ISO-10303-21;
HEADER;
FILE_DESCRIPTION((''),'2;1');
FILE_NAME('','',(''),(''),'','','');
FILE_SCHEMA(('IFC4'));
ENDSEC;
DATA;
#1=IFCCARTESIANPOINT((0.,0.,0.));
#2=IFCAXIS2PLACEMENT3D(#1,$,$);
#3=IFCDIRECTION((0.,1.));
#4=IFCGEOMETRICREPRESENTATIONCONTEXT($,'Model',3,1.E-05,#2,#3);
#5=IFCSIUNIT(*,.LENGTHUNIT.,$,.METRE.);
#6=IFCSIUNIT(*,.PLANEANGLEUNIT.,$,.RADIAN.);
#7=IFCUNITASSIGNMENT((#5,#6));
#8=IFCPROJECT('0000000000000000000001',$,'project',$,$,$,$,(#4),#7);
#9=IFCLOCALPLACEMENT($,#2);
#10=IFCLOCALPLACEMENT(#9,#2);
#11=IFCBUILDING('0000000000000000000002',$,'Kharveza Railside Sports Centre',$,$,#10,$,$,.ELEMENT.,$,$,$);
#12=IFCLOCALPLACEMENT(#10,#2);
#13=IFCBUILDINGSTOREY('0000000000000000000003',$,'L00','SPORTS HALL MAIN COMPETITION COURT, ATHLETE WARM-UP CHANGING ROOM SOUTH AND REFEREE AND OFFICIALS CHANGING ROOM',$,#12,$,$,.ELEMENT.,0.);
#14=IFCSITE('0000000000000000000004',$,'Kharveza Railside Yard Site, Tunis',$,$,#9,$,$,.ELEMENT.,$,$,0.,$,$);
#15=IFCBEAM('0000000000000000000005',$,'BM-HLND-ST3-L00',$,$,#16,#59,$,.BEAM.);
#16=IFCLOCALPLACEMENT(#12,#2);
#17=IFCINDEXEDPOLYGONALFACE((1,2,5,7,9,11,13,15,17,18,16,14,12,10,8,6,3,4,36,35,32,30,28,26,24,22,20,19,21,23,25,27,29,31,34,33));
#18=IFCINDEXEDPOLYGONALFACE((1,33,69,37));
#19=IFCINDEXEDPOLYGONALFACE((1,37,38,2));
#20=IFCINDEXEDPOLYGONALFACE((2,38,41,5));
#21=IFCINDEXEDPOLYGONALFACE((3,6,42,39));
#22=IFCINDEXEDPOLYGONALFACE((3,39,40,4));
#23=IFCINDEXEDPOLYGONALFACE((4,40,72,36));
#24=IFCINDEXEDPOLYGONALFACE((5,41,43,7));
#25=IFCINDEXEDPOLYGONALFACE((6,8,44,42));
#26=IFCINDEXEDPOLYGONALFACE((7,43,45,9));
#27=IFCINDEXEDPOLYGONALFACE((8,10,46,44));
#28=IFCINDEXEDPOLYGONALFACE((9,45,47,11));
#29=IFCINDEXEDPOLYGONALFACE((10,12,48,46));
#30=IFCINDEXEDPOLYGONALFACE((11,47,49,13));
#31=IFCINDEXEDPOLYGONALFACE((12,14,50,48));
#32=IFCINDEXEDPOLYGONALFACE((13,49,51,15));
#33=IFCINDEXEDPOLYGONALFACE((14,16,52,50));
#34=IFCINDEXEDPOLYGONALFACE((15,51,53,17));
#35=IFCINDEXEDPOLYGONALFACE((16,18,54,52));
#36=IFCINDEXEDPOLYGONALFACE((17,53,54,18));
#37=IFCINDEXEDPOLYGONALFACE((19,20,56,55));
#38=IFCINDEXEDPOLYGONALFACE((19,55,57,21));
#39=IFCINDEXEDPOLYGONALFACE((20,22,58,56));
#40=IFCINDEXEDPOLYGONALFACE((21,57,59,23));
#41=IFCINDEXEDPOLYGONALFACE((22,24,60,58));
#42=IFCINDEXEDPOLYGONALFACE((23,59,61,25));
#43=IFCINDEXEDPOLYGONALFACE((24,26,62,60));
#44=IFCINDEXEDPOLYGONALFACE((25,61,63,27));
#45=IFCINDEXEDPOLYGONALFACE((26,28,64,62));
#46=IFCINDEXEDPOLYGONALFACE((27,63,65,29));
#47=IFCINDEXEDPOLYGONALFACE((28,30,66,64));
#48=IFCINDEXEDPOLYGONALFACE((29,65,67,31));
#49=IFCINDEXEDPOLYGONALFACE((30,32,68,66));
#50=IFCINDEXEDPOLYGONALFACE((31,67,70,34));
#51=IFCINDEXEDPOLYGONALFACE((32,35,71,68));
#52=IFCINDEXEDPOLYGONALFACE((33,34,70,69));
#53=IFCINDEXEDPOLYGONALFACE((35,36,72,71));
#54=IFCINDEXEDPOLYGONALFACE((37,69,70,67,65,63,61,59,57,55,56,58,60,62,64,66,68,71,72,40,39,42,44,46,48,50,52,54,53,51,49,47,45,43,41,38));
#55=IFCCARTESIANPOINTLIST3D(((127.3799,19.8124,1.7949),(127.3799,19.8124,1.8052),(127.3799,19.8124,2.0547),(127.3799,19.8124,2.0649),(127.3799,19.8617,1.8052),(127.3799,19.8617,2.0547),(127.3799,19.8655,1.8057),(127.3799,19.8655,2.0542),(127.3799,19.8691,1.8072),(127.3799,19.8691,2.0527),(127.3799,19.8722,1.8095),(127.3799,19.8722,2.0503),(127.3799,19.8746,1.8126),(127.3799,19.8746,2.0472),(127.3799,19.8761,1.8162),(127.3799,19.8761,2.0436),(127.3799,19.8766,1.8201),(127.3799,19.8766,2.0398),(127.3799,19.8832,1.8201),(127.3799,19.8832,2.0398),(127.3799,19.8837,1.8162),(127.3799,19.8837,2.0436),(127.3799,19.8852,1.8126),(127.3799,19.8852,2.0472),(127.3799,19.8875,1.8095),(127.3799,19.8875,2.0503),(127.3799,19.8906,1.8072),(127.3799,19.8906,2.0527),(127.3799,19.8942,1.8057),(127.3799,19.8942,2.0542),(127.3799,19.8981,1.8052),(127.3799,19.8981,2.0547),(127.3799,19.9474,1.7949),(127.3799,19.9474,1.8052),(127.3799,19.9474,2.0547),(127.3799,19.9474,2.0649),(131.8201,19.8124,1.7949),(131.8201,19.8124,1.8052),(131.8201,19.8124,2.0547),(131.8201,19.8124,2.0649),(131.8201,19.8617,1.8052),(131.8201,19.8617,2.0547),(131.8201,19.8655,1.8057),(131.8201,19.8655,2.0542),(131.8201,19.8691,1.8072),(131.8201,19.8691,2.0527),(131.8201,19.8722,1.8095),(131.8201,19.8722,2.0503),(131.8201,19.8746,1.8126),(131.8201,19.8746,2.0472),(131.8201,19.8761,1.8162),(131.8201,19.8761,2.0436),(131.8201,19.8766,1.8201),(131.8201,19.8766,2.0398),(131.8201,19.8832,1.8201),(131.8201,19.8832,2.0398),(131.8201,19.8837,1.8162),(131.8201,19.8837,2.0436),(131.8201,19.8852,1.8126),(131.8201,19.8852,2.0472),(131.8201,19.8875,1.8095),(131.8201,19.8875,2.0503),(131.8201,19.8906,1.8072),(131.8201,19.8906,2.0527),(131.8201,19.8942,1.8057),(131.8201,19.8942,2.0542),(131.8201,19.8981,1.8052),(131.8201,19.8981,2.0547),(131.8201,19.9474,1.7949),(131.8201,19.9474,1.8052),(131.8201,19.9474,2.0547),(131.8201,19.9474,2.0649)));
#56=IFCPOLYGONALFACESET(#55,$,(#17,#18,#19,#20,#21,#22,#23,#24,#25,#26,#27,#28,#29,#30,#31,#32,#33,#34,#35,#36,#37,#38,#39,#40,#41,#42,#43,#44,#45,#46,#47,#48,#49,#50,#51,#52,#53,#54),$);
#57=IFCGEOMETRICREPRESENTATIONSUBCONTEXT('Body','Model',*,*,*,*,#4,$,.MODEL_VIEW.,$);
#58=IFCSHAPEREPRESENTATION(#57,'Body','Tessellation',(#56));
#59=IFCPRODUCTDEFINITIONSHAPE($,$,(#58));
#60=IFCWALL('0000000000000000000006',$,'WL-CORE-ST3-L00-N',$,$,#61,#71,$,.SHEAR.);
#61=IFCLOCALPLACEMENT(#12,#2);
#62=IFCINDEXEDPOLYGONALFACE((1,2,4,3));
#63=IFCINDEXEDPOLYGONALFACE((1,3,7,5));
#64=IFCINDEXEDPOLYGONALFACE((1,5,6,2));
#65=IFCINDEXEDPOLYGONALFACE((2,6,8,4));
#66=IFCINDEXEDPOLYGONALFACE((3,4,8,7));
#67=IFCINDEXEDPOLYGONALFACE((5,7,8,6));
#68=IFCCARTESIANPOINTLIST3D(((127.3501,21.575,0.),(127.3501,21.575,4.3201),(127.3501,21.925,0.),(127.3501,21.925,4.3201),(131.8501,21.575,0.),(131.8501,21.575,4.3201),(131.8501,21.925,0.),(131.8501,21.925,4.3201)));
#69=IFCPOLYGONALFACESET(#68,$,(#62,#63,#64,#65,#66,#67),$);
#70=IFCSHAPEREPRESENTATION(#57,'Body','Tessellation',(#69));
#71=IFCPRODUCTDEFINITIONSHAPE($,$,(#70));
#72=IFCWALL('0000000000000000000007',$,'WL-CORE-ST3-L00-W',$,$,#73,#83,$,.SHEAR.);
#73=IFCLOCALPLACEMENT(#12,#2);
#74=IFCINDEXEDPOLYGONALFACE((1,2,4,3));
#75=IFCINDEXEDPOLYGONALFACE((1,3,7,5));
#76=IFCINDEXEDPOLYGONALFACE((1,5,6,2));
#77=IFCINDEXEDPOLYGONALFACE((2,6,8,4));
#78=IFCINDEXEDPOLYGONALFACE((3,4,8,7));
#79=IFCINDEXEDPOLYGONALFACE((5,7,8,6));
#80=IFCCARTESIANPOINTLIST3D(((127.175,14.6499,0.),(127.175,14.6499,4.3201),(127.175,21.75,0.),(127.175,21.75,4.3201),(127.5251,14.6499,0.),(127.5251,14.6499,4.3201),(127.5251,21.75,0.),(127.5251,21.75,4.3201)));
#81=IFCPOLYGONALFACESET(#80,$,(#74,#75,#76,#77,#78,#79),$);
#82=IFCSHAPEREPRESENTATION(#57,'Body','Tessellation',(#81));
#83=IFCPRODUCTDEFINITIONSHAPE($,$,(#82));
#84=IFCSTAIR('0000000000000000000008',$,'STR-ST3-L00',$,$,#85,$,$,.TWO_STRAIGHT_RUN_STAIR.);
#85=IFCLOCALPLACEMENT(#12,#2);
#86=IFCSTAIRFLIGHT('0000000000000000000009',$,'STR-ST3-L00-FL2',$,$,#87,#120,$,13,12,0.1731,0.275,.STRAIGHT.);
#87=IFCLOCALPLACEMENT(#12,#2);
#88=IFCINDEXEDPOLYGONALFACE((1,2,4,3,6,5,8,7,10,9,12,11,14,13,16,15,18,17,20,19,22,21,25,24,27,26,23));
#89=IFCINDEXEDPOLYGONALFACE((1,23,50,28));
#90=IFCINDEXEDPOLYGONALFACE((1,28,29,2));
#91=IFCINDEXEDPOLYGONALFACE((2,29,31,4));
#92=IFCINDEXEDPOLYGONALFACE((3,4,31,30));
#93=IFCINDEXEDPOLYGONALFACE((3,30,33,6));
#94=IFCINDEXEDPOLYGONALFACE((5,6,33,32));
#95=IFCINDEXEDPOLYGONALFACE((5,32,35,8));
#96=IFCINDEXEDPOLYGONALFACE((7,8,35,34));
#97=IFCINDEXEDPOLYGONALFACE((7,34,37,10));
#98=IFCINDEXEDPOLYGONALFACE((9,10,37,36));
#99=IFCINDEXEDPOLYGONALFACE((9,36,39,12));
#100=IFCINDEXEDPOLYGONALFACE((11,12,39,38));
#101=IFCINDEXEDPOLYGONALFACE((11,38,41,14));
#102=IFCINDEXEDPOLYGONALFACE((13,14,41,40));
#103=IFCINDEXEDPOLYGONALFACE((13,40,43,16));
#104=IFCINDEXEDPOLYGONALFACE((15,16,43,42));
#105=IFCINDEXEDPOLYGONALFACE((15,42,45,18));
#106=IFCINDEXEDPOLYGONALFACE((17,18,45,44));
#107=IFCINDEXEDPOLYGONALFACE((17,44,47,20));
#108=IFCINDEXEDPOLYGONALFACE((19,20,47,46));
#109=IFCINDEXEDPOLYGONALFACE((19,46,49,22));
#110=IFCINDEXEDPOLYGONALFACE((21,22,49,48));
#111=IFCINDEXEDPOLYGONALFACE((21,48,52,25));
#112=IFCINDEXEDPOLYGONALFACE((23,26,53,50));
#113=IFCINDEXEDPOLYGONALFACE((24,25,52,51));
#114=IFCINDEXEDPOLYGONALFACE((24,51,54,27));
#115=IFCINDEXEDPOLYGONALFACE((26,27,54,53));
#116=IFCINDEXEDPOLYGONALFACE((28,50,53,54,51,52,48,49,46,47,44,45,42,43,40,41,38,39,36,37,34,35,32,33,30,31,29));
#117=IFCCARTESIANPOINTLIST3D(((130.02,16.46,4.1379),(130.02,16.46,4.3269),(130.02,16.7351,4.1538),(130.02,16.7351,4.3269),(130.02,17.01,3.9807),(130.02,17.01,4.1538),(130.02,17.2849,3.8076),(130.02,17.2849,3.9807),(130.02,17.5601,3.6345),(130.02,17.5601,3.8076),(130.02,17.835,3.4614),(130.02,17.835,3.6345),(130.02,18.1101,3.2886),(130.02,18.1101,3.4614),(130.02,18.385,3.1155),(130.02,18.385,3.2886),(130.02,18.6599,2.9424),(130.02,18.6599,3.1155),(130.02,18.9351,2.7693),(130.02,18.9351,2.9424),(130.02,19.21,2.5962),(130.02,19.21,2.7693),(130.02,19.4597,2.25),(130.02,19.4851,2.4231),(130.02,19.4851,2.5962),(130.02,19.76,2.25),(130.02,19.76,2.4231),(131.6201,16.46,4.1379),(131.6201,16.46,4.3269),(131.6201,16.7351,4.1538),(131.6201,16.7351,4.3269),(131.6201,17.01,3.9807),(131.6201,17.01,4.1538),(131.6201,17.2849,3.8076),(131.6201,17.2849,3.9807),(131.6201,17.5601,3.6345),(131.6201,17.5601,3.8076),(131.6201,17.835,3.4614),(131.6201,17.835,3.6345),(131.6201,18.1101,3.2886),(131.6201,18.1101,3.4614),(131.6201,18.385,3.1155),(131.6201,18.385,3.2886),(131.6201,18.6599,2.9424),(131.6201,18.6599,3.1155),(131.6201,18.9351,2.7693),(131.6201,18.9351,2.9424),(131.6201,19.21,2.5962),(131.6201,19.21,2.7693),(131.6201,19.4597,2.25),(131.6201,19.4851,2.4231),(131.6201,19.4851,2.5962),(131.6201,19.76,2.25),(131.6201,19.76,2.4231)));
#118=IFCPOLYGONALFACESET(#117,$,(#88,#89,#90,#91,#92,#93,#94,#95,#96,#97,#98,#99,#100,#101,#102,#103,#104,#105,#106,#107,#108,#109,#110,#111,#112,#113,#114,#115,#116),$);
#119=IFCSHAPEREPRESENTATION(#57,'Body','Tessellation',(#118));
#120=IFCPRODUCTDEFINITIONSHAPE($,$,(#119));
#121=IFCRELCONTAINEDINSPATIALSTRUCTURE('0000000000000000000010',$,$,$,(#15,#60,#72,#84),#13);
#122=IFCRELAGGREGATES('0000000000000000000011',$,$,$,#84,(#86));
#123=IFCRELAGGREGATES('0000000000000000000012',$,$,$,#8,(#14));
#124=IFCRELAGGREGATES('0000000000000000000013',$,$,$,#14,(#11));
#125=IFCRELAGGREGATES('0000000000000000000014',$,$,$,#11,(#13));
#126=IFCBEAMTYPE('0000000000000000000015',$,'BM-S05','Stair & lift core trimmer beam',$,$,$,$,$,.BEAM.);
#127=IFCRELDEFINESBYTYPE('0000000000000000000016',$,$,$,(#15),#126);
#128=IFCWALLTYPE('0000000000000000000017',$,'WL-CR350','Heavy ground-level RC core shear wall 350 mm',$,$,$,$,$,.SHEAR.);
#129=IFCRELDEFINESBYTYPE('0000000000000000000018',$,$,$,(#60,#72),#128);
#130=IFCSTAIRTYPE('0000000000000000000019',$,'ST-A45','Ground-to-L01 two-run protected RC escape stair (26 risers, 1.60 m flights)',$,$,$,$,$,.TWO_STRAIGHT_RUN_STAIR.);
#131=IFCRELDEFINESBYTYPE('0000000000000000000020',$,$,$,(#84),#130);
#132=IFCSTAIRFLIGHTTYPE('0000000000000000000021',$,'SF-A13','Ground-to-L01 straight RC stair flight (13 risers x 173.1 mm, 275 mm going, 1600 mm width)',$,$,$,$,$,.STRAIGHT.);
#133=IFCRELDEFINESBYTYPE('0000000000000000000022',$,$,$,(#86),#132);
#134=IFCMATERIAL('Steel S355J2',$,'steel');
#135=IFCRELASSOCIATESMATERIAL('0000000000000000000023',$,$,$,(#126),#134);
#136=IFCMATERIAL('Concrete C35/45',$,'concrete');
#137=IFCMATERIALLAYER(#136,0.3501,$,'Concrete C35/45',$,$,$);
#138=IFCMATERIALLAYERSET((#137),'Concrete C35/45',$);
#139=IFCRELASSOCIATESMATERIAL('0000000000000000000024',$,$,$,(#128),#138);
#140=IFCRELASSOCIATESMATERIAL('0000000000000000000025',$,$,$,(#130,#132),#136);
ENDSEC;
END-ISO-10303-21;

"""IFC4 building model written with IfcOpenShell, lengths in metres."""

from ifc_helpers import new_model, si_unit, direction, frame, frame_2d, origin, origin_2d, place, context, subcontext, project, spatial, polyline, rectangle, i_section, outline, extrude, material, layer, layer_set, material_profile, profile_set, type_object, element, aggregate, save


model = new_model("IFC4")

# Units and contexts
model_context = context("Model", 3, precision=1e-05, world=origin(), true_north=direction((0.0, 1.0)))
body_context = subcontext(model_context, "Body", "Model", "MODEL_VIEW")
ifc_project = project(units=[si_unit("LENGTHUNIT", "METRE"), si_unit("PLANEANGLEUNIT", "RADIAN")], contexts=[model_context])

# Site, building, storey
site_placement = place(None, origin())
site = spatial("IfcSite", under=ifc_project, at=site_placement, Name="Kharveza Railside Yard Site, Tunis", CompositionType="ELEMENT", RefElevation=0.0)
building_placement = place(site_placement, origin())
building = spatial("IfcBuilding", under=site, at=building_placement, Name="Kharveza Railside Sports Centre", CompositionType="ELEMENT")
storey_placement = place(building_placement, origin())
storey = spatial("IfcBuildingStorey", under=building, at=storey_placement, Name="L00", Description="SPORTS HALL MAIN COMPETITION COURT, ATHLETE WARM-UP CHANGING ROOM SOUTH AND REFEREE AND OFFICIALS CHANGING ROOM", CompositionType="ELEMENT", Elevation=0.0)

# Shared definitions
ifc_material_1 = material(Name="Concrete C35/45", Category="concrete")

# Shared definitions
ifc_material_2 = material(Name="Steel S355J2", Category="steel")

# Beam
ifc_material_profile_1 = material_profile(ifc_material_2, i_section(OverallWidth=0.135, OverallDepth=0.27, WebThickness=0.0066, FlangeThickness=0.0103, FilletRadius=0.0149, at=origin_2d()), Name="IPE 270")
ifc_profile_set_1 = profile_set([ifc_material_profile_1], Name="Steel S355J2")
beam_type_1 = type_object("IfcBeamType", Name="BM-S05", Description="Stair & lift core trimmer beam", PredefinedType="BEAM", material=ifc_profile_set_1)
beam_1_placement = place(storey_placement, frame((127.3799, 19.8799, 1.9299), z_axis=(1.0, 0.0, 0.0), x_axis=(0.0, 1.0, 0.0)))
element("IfcBeam", 1, at=beam_1_placement, inside=storey, type_object=beam_type_1, Name="BM-HLND-ST3-L00", PredefinedType="BEAM", context=body_context, shape_type="SweptSolid", body=[
    extrude(i_section(OverallWidth=0.135, OverallDepth=0.27, WebThickness=0.0066, FlangeThickness=0.0103, FilletRadius=0.0149, at=origin_2d()), origin(), (0.0, 0.0, 1.0), 4.4402),
])

# Walls
ifc_layer = layer(ifc_material_1, 0.3501, Name="Concrete C35/45")
ifc_layer_set = layer_set([ifc_layer], Name="Concrete C35/45")
wall_type = type_object("IfcWallType", Name="WL-CR350", Description="Heavy ground-level RC core shear wall 350 mm", PredefinedType="SHEAR", material=ifc_layer_set)
wall_1_placement = place(storey_placement, frame((131.8501, 21.75, 0.0), z_axis=(0.0, 0.0, 1.0), x_axis=(-1.0, 0.0, 0.0)))
element("IfcWall", 2, at=wall_1_placement, inside=storey, type_object=wall_type, Name="WL-CORE-ST3-L00-N", PredefinedType="SHEAR", context=body_context, shape_type="SweptSolid", body=[
    extrude(rectangle(XDim=4.5, YDim=0.3501, at=frame_2d((2.25, 0.0))), origin(), (0.0, 0.0, 1.0), 4.3201),
])
wall_2_placement = place(storey_placement, frame((127.3501, 21.75, 0.0), z_axis=(0.0, 0.0, 1.0), x_axis=(0.0, -1.0, 0.0)))
element("IfcWall", 3, at=wall_2_placement, inside=storey, type_object=wall_type, Name="WL-CORE-ST3-L00-W", PredefinedType="SHEAR", context=body_context, shape_type="SweptSolid", body=[
    extrude(rectangle(XDim=7.1001, YDim=0.3501, at=frame_2d((3.55, 0.0))), origin(), (0.0, 0.0, 1.0), 4.3201),
])

# Stair, stair flight
stair_type = type_object("IfcStairType", Name="ST-A45", Description="Ground-to-L01 two-run protected RC escape stair (26 risers, 1.60 m flights)", PredefinedType="TWO_STRAIGHT_RUN_STAIR", material=ifc_material_1)
stair_placement = place(storey_placement, origin())
stair = element("IfcStair", 4, at=stair_placement, inside=storey, type_object=stair_type, Name="STR-ST3-L00", PredefinedType="TWO_STRAIGHT_RUN_STAIR")
stair_flight_type = type_object("IfcStairFlightType", Name="SF-A13", Description="Ground-to-L01 straight RC stair flight (13 risers x 173.1 mm, 275 mm going, 1600 mm width)", PredefinedType="STRAIGHT", material=ifc_material_1)
stair_flight_placement = place(storey_placement, frame((130.8201, 19.76, 2.25), z_axis=(0.0, 0.0, 1.0), x_axis=(0.0, -1.0, 0.0)))
stair_flight = element("IfcStairFlight", 5, at=stair_flight_placement, type_object=stair_flight_type, Name="STR-ST3-L00-FL2", NumberOfRisers=13, NumberOfTreads=12, PredefinedType="STRAIGHT", RiserHeight=0.1731, TreadLength=0.275, context=body_context, shape_type="SweptSolid", body=[
    extrude(outline(polyline([(0.0, 0.0), (0.0, 0.1731), (0.2749, 0.1731), (0.2749, 0.3462), (0.55, 0.3462), (0.55, 0.5193), (0.825, 0.5193), (0.825, 0.6924), (1.1001, 0.6924), (1.1001, 0.8655), (1.375, 0.8655), (1.375, 1.0386), (1.6499, 1.0386), (1.6499, 1.2114), (1.925, 1.2114), (1.925, 1.3845), (2.2, 1.3845), (2.2, 1.5576), (2.4751, 1.5576), (2.4751, 1.7307), (2.75, 1.7307), (2.75, 1.9038), (3.0249, 1.9038), (3.0249, 2.0769), (3.3, 2.0769), (3.3, 2.25), (3.3, 1.8879), (0.3003, 0.0), (0.0, 0.0)])), frame((0.0, 0.8, 0.0), z_axis=(0.0, -1.0, 0.0), x_axis=(1.0, 0.0, 0.0)), (0.0, 0.0, 1.0), 1.6001),
])
aggregate(stair, [stair_flight])

save(model, "model.ifc")
